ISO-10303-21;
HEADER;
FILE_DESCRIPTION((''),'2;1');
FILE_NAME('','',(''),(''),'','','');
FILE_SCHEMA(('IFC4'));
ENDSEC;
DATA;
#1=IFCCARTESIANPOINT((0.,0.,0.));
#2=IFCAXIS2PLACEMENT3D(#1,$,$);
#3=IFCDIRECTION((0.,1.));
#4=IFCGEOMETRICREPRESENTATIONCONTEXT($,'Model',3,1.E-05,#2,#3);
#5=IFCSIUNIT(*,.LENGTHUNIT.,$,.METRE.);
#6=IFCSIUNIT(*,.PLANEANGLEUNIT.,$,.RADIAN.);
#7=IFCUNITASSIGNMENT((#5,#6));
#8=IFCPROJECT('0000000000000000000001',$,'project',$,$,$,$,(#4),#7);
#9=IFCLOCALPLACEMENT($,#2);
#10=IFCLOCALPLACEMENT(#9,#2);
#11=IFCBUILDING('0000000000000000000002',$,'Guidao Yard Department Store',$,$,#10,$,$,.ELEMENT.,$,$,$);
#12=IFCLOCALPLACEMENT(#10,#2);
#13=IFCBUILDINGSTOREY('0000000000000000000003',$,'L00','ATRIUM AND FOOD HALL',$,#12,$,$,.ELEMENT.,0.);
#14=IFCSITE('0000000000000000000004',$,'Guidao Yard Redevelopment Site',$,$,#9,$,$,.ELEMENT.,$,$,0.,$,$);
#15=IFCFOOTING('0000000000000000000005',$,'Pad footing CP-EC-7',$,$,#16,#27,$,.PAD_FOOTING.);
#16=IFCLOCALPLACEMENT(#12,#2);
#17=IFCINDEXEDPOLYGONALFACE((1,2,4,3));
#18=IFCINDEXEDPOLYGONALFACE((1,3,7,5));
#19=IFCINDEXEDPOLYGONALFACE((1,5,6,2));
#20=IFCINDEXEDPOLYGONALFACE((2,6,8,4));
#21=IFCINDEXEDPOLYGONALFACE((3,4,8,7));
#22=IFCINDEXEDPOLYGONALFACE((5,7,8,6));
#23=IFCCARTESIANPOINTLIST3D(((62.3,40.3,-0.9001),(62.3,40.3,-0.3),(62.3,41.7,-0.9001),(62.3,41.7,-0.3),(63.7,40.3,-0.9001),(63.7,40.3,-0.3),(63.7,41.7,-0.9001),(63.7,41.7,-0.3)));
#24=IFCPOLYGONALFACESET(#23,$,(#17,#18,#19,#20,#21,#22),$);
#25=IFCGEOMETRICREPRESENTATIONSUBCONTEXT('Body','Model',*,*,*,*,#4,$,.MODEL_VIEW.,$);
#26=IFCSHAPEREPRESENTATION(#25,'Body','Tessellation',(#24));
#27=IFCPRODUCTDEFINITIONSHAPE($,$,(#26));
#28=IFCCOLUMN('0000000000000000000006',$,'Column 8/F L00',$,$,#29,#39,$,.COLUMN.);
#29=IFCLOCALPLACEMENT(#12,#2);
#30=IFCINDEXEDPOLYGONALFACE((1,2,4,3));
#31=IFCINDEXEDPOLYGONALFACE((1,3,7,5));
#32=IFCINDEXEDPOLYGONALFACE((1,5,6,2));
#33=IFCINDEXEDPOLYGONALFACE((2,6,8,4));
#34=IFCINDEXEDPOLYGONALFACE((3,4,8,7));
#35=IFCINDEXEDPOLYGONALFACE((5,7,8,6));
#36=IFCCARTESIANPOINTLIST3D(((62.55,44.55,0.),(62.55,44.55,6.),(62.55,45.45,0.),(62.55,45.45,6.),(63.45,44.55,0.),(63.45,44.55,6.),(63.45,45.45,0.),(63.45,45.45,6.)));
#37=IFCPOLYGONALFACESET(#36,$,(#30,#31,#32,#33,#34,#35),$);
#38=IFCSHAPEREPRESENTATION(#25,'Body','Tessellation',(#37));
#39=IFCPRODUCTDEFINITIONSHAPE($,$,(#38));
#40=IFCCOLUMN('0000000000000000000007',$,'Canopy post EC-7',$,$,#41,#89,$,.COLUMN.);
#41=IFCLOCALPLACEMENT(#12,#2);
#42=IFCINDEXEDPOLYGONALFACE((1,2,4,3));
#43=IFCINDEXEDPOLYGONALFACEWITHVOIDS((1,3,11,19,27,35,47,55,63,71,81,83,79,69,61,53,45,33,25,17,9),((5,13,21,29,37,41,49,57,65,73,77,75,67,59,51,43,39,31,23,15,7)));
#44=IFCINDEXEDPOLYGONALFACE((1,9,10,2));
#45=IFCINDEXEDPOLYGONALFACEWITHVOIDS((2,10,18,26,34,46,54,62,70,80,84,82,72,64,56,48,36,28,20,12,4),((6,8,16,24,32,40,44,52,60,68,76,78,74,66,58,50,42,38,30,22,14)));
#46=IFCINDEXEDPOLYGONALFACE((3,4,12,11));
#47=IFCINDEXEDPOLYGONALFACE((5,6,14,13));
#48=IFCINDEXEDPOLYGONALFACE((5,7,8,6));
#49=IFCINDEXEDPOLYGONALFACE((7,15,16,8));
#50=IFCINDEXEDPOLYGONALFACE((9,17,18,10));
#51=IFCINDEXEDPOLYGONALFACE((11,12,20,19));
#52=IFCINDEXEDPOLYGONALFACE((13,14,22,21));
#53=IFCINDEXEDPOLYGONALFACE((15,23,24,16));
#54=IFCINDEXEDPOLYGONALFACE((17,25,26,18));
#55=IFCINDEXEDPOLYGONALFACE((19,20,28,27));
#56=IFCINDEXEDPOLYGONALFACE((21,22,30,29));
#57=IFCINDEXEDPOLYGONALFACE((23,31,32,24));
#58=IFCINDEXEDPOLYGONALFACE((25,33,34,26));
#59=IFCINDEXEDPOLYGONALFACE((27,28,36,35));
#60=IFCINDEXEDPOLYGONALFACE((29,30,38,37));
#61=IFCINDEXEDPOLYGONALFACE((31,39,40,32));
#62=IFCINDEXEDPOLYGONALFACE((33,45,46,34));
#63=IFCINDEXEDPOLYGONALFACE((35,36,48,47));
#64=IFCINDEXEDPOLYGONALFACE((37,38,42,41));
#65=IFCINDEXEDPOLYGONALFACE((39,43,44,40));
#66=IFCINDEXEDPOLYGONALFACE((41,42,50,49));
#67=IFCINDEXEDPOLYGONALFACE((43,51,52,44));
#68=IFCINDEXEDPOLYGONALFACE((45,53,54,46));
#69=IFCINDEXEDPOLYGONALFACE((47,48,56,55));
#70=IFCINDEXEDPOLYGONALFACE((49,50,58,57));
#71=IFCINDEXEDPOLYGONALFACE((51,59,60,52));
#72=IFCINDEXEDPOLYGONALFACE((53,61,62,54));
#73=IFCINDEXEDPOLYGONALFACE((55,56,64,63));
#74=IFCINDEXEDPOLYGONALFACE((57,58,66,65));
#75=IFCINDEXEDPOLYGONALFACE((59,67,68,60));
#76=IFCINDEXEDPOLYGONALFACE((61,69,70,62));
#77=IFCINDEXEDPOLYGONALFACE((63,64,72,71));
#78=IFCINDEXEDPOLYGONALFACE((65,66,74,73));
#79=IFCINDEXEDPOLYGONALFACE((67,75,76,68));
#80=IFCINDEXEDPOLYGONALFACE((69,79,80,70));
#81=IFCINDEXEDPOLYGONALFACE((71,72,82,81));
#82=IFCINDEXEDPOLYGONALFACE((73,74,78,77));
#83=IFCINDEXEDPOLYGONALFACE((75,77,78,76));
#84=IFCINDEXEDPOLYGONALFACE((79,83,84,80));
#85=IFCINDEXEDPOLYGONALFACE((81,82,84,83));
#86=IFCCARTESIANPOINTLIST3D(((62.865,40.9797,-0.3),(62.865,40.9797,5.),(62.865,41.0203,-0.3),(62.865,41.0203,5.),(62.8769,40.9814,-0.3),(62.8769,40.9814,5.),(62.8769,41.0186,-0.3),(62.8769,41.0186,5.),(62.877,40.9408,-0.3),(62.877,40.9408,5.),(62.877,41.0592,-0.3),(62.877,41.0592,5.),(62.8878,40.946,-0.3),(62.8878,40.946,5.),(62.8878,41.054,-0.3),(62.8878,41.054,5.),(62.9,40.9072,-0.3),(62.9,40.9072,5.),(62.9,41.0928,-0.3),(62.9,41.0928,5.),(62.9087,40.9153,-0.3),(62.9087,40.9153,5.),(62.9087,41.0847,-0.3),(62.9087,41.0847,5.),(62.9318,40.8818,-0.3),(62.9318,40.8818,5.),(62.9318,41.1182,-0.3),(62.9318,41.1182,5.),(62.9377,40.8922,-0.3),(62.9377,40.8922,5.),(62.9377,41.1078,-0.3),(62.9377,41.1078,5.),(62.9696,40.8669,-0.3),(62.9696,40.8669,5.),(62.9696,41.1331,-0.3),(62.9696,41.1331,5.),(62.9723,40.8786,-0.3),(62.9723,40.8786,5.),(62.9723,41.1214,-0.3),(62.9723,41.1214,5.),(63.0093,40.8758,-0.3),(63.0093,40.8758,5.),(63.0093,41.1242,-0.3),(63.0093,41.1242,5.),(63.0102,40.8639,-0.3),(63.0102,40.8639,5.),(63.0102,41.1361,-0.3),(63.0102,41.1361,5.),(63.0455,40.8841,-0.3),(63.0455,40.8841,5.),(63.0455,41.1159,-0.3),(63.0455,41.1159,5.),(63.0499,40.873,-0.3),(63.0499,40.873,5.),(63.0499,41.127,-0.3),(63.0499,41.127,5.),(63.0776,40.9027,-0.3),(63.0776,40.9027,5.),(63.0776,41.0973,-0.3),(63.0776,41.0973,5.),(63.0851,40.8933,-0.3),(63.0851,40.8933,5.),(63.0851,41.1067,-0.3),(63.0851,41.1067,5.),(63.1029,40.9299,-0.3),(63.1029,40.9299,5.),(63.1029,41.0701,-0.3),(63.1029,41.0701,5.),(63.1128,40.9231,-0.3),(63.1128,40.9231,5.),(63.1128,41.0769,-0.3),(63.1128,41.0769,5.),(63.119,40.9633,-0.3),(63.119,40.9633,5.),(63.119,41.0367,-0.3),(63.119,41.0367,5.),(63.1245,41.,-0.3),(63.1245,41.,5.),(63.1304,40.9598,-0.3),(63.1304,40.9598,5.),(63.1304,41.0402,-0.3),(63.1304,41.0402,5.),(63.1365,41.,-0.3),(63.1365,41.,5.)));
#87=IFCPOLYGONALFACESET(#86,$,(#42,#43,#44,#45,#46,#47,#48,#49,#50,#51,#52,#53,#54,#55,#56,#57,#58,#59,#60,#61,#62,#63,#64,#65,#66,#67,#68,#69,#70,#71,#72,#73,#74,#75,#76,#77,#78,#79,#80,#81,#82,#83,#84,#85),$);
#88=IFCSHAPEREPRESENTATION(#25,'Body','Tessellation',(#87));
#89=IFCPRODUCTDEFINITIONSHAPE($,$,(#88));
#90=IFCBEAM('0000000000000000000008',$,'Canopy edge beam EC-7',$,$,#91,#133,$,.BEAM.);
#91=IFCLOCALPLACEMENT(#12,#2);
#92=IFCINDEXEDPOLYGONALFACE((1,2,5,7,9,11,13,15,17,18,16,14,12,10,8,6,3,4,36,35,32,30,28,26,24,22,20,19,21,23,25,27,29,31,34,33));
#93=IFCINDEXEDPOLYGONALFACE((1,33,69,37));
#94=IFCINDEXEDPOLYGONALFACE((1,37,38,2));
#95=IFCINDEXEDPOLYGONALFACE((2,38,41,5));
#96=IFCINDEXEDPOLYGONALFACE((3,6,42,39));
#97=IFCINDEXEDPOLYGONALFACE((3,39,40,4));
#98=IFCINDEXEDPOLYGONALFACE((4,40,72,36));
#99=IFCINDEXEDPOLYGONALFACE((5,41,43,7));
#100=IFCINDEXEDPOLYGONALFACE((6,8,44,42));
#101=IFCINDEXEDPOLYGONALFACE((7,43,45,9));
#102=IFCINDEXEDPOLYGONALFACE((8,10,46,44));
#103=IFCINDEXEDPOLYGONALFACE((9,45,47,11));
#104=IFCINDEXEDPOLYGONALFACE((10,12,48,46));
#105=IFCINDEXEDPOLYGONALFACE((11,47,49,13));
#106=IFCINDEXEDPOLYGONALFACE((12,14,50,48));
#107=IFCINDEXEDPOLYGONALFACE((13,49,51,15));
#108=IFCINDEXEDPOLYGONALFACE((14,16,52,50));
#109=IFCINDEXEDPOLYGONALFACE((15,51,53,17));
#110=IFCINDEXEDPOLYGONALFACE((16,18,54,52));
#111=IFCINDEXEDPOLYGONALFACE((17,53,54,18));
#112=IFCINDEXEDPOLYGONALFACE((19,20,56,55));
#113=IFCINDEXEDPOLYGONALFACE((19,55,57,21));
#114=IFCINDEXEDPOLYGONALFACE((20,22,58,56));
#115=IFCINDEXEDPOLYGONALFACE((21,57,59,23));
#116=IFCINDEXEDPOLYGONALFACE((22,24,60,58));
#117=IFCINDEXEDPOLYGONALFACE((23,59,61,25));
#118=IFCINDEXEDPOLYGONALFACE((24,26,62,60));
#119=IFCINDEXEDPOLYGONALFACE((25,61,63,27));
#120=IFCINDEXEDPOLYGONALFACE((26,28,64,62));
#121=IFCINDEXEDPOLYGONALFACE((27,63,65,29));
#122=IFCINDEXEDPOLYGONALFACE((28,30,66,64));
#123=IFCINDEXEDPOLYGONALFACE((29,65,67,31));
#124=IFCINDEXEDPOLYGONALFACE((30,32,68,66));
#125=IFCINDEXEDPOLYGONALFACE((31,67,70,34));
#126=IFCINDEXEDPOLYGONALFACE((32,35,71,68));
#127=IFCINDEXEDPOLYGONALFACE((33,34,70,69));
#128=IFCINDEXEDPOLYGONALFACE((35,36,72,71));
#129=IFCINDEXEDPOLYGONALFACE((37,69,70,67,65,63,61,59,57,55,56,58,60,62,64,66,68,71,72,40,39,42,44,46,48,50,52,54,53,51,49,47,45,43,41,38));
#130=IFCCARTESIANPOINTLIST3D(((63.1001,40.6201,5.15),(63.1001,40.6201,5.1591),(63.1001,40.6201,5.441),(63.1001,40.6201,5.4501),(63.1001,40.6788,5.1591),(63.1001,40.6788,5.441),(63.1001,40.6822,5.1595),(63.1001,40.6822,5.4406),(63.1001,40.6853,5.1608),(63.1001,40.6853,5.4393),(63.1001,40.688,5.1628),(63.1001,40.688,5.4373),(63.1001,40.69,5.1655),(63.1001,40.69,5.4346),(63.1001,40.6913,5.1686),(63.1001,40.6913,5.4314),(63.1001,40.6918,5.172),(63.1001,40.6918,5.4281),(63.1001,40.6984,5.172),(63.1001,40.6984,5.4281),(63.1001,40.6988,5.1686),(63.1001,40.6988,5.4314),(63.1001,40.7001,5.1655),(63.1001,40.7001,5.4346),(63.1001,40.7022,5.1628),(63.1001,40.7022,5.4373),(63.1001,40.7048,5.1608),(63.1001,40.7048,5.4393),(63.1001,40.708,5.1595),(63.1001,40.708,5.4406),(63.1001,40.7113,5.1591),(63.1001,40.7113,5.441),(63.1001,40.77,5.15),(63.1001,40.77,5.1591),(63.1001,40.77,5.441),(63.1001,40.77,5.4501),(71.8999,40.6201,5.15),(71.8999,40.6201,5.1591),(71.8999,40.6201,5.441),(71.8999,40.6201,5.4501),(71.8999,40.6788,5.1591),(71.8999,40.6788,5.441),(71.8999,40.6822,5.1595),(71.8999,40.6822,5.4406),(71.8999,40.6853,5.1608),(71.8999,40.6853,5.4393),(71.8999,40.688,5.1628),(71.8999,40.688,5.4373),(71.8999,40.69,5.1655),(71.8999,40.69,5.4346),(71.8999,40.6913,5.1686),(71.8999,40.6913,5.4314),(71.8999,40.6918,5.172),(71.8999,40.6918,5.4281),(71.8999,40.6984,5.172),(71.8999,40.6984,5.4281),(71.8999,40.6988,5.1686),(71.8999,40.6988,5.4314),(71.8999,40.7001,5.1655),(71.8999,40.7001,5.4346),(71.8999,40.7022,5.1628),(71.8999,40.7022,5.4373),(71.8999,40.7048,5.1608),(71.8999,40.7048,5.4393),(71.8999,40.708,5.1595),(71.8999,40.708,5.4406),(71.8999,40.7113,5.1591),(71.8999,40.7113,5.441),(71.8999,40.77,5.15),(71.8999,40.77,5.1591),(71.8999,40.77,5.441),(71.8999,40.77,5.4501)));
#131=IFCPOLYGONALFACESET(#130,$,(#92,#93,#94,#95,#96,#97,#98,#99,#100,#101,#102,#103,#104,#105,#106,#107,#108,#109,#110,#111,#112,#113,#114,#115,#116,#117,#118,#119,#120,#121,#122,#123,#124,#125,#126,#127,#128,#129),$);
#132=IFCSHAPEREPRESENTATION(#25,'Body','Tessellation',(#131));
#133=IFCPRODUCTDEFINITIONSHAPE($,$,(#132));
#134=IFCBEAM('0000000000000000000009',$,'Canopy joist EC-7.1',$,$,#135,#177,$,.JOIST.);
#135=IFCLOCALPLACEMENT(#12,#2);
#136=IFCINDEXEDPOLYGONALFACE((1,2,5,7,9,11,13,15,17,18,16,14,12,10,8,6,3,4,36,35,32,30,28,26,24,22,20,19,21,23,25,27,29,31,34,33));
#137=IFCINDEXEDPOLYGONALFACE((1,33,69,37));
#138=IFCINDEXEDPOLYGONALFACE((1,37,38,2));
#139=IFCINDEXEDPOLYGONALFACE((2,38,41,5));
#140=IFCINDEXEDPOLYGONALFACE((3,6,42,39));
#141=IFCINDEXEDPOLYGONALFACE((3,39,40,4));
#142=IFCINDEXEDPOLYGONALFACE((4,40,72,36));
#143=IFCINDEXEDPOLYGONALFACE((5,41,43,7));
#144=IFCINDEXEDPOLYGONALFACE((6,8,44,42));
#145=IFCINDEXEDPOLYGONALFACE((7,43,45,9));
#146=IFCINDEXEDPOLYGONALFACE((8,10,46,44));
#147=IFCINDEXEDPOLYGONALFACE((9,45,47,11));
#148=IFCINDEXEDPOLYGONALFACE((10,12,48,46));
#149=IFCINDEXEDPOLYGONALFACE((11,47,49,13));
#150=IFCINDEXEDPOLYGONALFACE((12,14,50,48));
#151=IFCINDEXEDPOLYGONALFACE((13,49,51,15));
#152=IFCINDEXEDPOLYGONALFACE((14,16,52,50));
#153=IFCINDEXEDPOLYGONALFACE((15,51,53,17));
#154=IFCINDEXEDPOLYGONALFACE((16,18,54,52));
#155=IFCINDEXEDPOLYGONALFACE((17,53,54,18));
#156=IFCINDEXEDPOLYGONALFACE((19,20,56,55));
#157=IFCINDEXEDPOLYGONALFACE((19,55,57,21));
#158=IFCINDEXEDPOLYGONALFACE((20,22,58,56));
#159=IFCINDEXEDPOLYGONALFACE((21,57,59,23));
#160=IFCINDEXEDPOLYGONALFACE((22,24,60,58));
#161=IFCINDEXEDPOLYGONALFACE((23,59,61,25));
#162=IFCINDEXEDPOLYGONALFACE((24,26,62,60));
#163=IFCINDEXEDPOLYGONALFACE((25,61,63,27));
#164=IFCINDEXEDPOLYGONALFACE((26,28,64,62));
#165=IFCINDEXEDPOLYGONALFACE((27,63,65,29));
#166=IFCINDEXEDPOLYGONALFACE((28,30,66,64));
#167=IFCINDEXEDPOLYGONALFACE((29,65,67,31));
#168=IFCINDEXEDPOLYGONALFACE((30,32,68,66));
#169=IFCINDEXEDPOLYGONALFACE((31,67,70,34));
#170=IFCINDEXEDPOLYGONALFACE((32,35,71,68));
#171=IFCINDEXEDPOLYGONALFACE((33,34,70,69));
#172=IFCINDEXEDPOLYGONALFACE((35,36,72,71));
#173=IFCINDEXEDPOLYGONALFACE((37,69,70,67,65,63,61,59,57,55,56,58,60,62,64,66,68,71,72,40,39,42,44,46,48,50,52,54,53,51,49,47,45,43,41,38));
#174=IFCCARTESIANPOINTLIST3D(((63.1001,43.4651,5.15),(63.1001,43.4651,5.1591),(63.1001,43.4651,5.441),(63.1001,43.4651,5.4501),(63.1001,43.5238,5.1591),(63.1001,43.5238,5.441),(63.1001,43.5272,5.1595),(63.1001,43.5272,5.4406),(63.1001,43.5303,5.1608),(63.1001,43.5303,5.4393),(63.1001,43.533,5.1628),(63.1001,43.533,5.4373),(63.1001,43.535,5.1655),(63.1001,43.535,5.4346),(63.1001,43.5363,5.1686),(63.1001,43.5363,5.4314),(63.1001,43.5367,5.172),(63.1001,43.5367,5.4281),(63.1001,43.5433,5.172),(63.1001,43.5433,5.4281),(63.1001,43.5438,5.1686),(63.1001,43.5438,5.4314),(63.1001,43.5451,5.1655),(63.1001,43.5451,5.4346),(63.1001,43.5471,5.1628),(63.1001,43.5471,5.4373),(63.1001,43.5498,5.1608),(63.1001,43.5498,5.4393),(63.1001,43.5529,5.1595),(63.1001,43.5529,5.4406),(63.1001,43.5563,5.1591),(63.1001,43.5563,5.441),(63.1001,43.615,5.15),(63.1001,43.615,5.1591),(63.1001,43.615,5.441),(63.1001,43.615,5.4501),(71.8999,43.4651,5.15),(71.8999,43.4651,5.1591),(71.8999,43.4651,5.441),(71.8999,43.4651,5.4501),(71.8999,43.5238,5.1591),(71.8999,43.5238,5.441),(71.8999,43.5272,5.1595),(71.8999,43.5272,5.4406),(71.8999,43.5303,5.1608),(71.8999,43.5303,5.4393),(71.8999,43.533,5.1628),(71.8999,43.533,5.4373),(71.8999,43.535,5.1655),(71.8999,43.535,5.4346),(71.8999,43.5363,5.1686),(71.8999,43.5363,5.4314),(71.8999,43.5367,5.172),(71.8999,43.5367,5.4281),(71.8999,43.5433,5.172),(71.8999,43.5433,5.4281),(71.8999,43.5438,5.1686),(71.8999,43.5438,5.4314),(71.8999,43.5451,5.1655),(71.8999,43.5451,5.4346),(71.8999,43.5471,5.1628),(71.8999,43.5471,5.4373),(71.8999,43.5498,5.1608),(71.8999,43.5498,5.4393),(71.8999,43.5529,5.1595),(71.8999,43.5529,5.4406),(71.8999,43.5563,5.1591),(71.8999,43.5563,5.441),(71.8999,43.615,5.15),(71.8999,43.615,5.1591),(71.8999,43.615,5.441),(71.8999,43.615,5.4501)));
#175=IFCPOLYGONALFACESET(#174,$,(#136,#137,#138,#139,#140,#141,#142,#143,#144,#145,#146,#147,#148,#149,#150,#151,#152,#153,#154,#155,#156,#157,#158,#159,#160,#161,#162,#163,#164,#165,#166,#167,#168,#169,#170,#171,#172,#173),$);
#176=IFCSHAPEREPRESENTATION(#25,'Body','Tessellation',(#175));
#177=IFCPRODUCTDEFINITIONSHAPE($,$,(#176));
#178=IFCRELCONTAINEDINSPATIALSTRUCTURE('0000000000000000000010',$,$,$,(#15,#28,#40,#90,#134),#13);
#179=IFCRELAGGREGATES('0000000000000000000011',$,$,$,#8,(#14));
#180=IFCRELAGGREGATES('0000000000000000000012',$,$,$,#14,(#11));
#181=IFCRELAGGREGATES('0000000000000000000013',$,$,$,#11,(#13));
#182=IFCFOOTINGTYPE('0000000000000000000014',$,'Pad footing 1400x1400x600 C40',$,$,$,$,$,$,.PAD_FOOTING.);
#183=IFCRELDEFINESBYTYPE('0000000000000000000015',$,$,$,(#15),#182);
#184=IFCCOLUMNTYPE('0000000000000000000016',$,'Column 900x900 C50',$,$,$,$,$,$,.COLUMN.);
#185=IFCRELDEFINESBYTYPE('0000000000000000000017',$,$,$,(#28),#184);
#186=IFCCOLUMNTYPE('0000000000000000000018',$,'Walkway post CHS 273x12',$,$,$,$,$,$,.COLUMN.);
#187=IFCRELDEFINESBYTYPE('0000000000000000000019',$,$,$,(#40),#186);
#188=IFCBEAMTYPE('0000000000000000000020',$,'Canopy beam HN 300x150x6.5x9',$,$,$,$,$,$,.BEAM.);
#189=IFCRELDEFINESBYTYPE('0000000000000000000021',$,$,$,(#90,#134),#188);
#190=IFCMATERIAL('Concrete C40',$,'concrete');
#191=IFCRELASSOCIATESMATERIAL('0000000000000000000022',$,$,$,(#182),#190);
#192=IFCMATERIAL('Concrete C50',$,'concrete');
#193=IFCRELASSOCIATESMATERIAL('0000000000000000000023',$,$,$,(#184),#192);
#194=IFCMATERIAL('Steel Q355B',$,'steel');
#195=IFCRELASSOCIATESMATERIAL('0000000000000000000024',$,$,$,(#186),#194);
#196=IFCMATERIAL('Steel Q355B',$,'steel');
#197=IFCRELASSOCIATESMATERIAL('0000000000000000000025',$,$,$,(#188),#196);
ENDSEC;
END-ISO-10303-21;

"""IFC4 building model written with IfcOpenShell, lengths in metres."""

from ifc_helpers import new_model, si_unit, direction, frame, origin, origin_2d, place, context, subcontext, project, spatial, rectangle, hollow_circle, i_section, extrude, material, material_profile, profile_set, type_object, element, save


model = new_model("IFC4")

# Units and contexts
model_context = context("Model", 3, precision=1e-05, world=origin(), true_north=direction((0.0, 1.0)))
body_context = subcontext(model_context, "Body", "Model", "MODEL_VIEW")
ifc_project = project(units=[si_unit("LENGTHUNIT", "METRE"), si_unit("PLANEANGLEUNIT", "RADIAN")], contexts=[model_context])

# Site, building, storey
site_placement = place(None, origin())
site = spatial("IfcSite", under=ifc_project, at=site_placement, Name="Guidao Yard Redevelopment Site", CompositionType="ELEMENT", RefElevation=0.0)
building_placement = place(site_placement, origin())
building = spatial("IfcBuilding", under=site, at=building_placement, Name="Guidao Yard Department Store", CompositionType="ELEMENT")
storey_placement = place(building_placement, origin())
storey = spatial("IfcBuildingStorey", under=building, at=storey_placement, Name="L00", Description="ATRIUM AND FOOD HALL", CompositionType="ELEMENT", Elevation=0.0)

# Footing
ifc_material_1 = material(Name="Concrete C40", Category="concrete")
footing_type = type_object("IfcFootingType", Name="Pad footing 1400x1400x600 C40", PredefinedType="PAD_FOOTING", material=ifc_material_1)
footing_placement = place(storey_placement, frame((63.0, 41.0, -0.9001), z_axis=(0.0, 0.0, 1.0), x_axis=(1.0, 0.0, 0.0)))
element("IfcFooting", 1, at=footing_placement, inside=storey, type_object=footing_type, Name="Pad footing CP-EC-7", PredefinedType="PAD_FOOTING", context=body_context, shape_type="SweptSolid", body=[
    extrude(rectangle(XDim=1.3999, YDim=1.3999, at=origin_2d()), origin(), (0.0, 0.0, 1.0), 0.6001),
])

# Columns
ifc_material_2 = material(Name="Concrete C50", Category="concrete")
ifc_material_profile_1 = material_profile(ifc_material_2, rectangle(XDim=0.8999, YDim=0.8999, at=origin_2d()), Name="COL 900x900")
ifc_profile_set_1 = profile_set([ifc_material_profile_1], Name="Concrete C50")
column_type_1 = type_object("IfcColumnType", Name="Column 900x900 C50", PredefinedType="COLUMN", material=ifc_profile_set_1)
column_1_placement = place(storey_placement, frame((63.0, 45.0, 0.0), z_axis=(0.0, 0.0, 1.0), x_axis=(1.0, 0.0, 0.0)))
element("IfcColumn", 2, at=column_1_placement, inside=storey, type_object=column_type_1, Name="Column 8/F L00", PredefinedType="COLUMN", context=body_context, shape_type="SweptSolid", body=[
    extrude(rectangle(XDim=0.8999, YDim=0.8999, at=origin_2d()), origin(), (0.0, 0.0, 1.0), 6.0),
])
ifc_material_3 = material(Name="Steel Q355B", Category="steel")
ifc_material_profile_2 = material_profile(ifc_material_3, hollow_circle(Radius=0.1365, WallThickness=0.012, at=origin_2d()), Name="CHS 273x12")
ifc_profile_set_2 = profile_set([ifc_material_profile_2], Name="Steel Q355B")
column_type_2 = type_object("IfcColumnType", Name="Walkway post CHS 273x12", PredefinedType="COLUMN", material=ifc_profile_set_2)
column_2_placement = place(storey_placement, frame((63.0, 41.0, -0.3), z_axis=(0.0, 0.0, 1.0), x_axis=(1.0, 0.0, 0.0)))
element("IfcColumn", 3, at=column_2_placement, inside=storey, type_object=column_type_2, Name="Canopy post EC-7", PredefinedType="COLUMN", context=body_context, shape_type="SweptSolid", body=[
    extrude(hollow_circle(Radius=0.1365, WallThickness=0.012, at=origin_2d()), origin(), (0.0, 0.0, 1.0), 5.3),
])

# Beams
ifc_material_4 = material(Name="Steel Q355B", Category="steel")
ifc_material_profile_3 = material_profile(ifc_material_4, i_section(OverallWidth=0.1499, OverallDepth=0.3, WebThickness=0.0066, FlangeThickness=0.009, FilletRadius=0.0129, at=origin_2d()), Name="HN 300x150x6.5x9")
ifc_profile_set_3 = profile_set([ifc_material_profile_3], Name="Steel Q355B")
beam_type_1 = type_object("IfcBeamType", Name="Canopy beam HN 300x150x6.5x9", PredefinedType="BEAM", material=ifc_profile_set_3)
beam_1_placement = place(storey_placement, frame((63.1001, 40.6951, 5.3), z_axis=(1.0, 0.0, 0.0), x_axis=(0.0, 1.0, 0.0)))
element("IfcBeam", 4, at=beam_1_placement, inside=storey, type_object=beam_type_1, Name="Canopy edge beam EC-7", PredefinedType="BEAM", context=body_context, shape_type="SweptSolid", body=[
    extrude(i_section(OverallWidth=0.1499, OverallDepth=0.3, WebThickness=0.0066, FlangeThickness=0.009, FilletRadius=0.0129, at=origin_2d()), origin(), (0.0, 0.0, 1.0), 8.7998),
])
for number, where, z_axis, x_axis, name in (
    (5, (63.1001, 43.54, 5.3), (1.0, 0.0, 0.0), (0.0, 1.0, 0.0), "Canopy joist EC-7.1"),
):
    element("IfcBeam", number, at=place(storey_placement, frame(where, z_axis=z_axis, x_axis=x_axis)), inside=storey, type_object=beam_type_1, Name=name, PredefinedType="JOIST", context=body_context, shape_type="SweptSolid", body=[
        extrude(i_section(OverallWidth=0.1499, OverallDepth=0.3, WebThickness=0.0066, FlangeThickness=0.009, FilletRadius=0.0129, at=origin_2d()), origin(), (0.0, 0.0, 1.0), 8.7998),
    ])

save(model, "model.ifc")
